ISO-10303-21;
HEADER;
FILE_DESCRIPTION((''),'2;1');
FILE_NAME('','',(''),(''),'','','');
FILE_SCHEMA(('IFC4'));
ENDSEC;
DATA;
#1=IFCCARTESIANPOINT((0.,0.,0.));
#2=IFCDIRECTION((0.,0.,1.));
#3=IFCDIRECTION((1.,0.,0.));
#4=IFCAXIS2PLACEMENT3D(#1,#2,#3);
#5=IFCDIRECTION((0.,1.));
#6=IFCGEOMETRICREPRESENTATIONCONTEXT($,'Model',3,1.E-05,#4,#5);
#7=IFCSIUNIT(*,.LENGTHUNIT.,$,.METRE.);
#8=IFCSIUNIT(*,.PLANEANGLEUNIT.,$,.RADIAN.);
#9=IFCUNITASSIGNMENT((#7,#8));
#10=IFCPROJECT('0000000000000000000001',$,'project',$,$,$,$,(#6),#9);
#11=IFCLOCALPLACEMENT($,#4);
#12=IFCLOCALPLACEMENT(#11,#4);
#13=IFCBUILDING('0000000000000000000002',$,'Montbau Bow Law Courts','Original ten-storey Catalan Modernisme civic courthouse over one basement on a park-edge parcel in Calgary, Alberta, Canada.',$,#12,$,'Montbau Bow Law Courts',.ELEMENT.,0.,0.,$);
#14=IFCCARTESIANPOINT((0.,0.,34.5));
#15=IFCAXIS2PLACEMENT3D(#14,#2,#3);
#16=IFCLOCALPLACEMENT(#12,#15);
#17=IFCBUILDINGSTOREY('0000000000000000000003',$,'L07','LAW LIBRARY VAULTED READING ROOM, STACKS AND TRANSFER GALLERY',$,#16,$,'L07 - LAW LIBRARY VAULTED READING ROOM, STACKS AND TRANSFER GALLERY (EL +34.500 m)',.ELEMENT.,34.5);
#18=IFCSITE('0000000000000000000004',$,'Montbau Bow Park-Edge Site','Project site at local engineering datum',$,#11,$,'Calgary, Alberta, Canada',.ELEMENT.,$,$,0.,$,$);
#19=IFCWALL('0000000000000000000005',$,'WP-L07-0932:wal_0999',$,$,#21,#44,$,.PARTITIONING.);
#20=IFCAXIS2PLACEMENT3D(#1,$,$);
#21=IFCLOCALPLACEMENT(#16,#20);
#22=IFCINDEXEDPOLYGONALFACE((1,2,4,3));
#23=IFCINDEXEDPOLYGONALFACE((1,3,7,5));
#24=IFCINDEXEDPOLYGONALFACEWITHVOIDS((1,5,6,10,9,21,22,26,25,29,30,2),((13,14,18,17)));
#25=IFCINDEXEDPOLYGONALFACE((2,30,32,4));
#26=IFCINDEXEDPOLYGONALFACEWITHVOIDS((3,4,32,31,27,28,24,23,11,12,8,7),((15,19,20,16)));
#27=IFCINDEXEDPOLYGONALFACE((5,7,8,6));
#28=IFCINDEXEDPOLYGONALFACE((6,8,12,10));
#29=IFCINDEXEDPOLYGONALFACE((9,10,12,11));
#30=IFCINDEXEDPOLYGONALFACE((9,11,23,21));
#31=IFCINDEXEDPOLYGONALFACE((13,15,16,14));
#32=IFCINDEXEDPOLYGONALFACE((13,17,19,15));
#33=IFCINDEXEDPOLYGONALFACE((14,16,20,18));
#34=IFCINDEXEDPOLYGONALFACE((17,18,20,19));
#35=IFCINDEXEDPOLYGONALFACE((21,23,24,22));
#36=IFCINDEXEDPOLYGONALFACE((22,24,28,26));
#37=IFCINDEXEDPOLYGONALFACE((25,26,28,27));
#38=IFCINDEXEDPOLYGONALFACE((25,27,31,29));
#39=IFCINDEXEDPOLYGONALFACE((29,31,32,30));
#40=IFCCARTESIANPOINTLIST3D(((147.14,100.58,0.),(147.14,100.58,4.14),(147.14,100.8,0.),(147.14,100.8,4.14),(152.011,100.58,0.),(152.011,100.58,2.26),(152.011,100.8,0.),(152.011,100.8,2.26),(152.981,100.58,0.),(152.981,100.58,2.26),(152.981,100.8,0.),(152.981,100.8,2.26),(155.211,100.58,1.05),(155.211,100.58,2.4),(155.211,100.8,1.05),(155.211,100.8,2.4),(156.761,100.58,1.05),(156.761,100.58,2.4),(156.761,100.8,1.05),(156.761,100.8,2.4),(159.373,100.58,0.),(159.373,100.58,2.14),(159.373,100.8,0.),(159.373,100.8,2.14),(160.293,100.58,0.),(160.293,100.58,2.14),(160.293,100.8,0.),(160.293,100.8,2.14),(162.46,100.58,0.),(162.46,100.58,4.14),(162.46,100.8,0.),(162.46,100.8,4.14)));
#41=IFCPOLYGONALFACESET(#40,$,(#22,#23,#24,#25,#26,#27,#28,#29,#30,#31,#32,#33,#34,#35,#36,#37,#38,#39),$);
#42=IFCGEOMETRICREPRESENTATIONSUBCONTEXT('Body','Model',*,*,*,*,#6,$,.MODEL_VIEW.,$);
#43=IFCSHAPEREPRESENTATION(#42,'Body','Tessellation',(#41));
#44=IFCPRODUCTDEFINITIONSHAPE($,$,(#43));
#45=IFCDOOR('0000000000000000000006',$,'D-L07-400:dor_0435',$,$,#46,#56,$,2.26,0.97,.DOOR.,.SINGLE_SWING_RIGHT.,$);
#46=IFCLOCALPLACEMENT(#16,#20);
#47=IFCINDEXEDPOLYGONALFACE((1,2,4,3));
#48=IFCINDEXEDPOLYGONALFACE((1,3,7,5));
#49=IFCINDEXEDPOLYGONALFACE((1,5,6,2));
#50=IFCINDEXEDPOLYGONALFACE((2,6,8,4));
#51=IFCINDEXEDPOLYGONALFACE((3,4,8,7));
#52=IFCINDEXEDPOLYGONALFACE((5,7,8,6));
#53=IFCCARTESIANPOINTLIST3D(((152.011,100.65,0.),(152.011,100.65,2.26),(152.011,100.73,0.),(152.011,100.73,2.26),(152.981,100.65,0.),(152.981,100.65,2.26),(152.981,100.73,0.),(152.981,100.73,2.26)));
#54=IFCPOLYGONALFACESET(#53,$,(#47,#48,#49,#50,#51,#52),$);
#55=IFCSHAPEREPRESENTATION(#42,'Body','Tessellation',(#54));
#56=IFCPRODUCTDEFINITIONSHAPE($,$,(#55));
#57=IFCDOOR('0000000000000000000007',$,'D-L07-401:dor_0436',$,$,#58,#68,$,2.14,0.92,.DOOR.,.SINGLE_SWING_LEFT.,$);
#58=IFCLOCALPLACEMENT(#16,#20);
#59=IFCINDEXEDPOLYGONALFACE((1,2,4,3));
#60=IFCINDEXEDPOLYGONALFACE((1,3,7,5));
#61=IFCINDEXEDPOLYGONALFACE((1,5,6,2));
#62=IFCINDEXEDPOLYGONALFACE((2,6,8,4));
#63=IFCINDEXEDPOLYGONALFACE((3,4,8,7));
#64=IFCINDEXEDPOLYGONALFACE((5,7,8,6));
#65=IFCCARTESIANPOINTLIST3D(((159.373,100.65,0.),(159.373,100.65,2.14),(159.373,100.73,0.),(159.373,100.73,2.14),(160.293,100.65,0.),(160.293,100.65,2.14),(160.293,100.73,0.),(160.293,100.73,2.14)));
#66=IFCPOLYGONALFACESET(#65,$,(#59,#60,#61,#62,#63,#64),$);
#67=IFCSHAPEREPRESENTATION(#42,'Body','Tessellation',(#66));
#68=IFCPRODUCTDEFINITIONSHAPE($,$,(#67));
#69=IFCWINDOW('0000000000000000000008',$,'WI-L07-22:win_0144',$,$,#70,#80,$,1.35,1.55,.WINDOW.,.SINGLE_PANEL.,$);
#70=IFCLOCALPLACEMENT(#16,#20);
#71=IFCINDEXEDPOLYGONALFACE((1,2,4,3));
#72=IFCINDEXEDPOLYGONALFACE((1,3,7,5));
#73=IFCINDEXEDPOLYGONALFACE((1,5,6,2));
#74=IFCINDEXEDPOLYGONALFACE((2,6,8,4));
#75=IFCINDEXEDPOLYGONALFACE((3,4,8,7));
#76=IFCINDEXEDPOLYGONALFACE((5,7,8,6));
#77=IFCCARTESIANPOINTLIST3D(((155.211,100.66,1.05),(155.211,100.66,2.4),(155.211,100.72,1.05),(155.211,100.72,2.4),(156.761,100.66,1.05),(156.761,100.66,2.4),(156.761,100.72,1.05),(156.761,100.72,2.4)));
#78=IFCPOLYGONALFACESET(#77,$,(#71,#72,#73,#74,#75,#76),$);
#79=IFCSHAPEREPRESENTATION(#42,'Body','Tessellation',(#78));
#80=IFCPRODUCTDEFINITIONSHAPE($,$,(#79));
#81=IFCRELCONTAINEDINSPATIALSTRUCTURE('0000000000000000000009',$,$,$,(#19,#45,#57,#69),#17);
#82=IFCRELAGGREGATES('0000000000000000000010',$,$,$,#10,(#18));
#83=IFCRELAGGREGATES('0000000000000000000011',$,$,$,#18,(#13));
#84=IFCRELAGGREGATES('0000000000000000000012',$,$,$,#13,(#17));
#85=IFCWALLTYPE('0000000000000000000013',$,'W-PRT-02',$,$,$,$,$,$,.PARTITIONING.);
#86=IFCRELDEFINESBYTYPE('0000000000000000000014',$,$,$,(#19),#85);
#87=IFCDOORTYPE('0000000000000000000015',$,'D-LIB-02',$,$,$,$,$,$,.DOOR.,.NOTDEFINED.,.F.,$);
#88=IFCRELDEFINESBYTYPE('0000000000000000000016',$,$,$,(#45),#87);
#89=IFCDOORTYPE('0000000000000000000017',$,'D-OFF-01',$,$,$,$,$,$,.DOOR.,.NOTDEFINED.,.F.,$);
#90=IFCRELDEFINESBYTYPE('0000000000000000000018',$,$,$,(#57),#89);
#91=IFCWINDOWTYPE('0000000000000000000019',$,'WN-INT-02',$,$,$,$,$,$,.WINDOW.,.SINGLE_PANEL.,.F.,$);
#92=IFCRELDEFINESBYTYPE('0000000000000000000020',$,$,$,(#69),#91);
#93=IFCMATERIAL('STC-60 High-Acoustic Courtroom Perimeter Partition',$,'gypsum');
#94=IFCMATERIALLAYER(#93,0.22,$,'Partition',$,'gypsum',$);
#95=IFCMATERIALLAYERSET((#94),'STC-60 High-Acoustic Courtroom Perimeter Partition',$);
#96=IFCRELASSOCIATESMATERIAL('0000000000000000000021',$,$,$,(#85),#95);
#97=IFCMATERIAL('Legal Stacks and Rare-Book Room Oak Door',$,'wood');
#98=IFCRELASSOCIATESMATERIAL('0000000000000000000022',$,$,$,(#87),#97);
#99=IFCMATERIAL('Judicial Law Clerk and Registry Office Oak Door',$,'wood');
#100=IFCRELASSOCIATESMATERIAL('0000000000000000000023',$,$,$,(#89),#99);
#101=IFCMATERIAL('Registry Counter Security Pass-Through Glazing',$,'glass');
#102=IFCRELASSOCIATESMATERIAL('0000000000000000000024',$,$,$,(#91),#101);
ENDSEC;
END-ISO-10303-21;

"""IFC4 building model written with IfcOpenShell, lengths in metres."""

from ifc_helpers import new_model, si_unit, direction, frame, frame_2d, origin_with_axes, place, context, subcontext, project, spatial, rectangle, extrude, material, layer, layer_set, type_object, element, fill, save


model = new_model("IFC4")

# Units and contexts
model_context = context("Model", 3, precision=1e-05, world=origin_with_axes(), true_north=direction((0.0, 1.0)))
body_context = subcontext(model_context, "Body", "Model", "MODEL_VIEW")
ifc_project = project(units=[si_unit("LENGTHUNIT", "METRE"), si_unit("PLANEANGLEUNIT", "RADIAN")], contexts=[model_context])

# Site, building, storey
site_placement = place(None, origin_with_axes())
site = spatial("IfcSite", under=ifc_project, at=site_placement, Name="Montbau Bow Park-Edge Site", Description="Project site at local engineering datum", LongName="Calgary, Alberta, Canada", CompositionType="ELEMENT", RefElevation=0.0)
building_placement = place(site_placement, origin_with_axes())
building = spatial("IfcBuilding", under=site, at=building_placement, Name="Montbau Bow Law Courts", Description="Original ten-storey Catalan Modernisme civic courthouse over one basement on a park-edge parcel in Calgary, Alberta, Canada.", LongName="Montbau Bow Law Courts", CompositionType="ELEMENT", ElevationOfRefHeight=0.0, ElevationOfTerrain=0.0)
storey_placement = place(building_placement, frame((0.0, 0.0, 34.5), z_axis=(0.0, 0.0, 1.0), x_axis=(1.0, 0.0, 0.0)))
storey = spatial("IfcBuildingStorey", under=building, at=storey_placement, Name="L07", Description="LAW LIBRARY VAULTED READING ROOM, STACKS AND TRANSFER GALLERY", LongName="L07 - LAW LIBRARY VAULTED READING ROOM, STACKS AND TRANSFER GALLERY (EL +34.500 m)", CompositionType="ELEMENT", Elevation=34.5)

# Wall, openings, doors, window
ifc_material_1 = material(Name="STC-60 High-Acoustic Courtroom Perimeter Partition", Category="gypsum")
ifc_layer_1 = layer(ifc_material_1, 0.22, Name="Partition", Category="gypsum")
ifc_layer_set_1 = layer_set([ifc_layer_1], Name="STC-60 High-Acoustic Courtroom Perimeter Partition")
wall_type_1 = type_object("IfcWallType", Name="W-PRT-02", PredefinedType="PARTITIONING", material=ifc_layer_set_1)
wall_1_placement = place(None, frame((147.14, 100.69, 34.5), z_axis=(0.0, 0.0, 1.0), x_axis=(1.0, 0.0, 0.0)))
wall_1 = element("IfcWall", 1, at=wall_1_placement, inside=storey, type_object=wall_type_1, Name="WP-L07-0932:wal_0999", PredefinedType="PARTITIONING", context=body_context, shape_type="SweptSolid", body=[
    extrude(rectangle(XDim=15.32, YDim=0.22, at=frame_2d((7.66, 0.0), x_axis=(1.0, 0.0))), origin_with_axes(), (0.0, 0.0, 1.0), 4.14),
])
opening_1_placement = place(None, frame((152.496, 100.69, 34.5), z_axis=(0.0, 0.0, 1.0), x_axis=(1.0, 0.0, 0.0)))
opening_1 = element("IfcOpeningElement", 2, at=opening_1_placement, cuts=wall_1, PredefinedType="OPENING", context=body_context, shape_type="SweptSolid", body=[
    extrude(rectangle(XDim=0.97, YDim=2.26, at=frame_2d((0.0, 1.13), x_axis=(1.0, 0.0))), frame((0.0, 0.12, 0.0), z_axis=(0.0, -1.0, 0.0), x_axis=(1.0, 0.0, 0.0)), (0.0, 0.0, 1.0), 0.24),
])
opening_2_placement = place(None, frame((159.833, 100.69, 34.5), z_axis=(0.0, 0.0, 1.0), x_axis=(1.0, 0.0, 0.0)))
opening_2 = element("IfcOpeningElement", 3, at=opening_2_placement, cuts=wall_1, PredefinedType="OPENING", context=body_context, shape_type="SweptSolid", body=[
    extrude(rectangle(XDim=0.92, YDim=2.14, at=frame_2d((0.0, 1.07), x_axis=(1.0, 0.0))), frame((0.0, 0.12, 0.0), z_axis=(0.0, -1.0, 0.0), x_axis=(1.0, 0.0, 0.0)), (0.0, 0.0, 1.0), 0.24),
])
opening_3_placement = place(None, frame((155.986, 100.69, 35.55), z_axis=(0.0, 0.0, 1.0), x_axis=(1.0, 0.0, 0.0)))
opening_3 = element("IfcOpeningElement", 4, at=opening_3_placement, cuts=wall_1, PredefinedType="OPENING", context=body_context, shape_type="SweptSolid", body=[
    extrude(rectangle(XDim=1.55, YDim=1.35, at=frame_2d((0.0, 0.675), x_axis=(1.0, 0.0))), frame((0.0, 0.12, 0.0), z_axis=(0.0, -1.0, 0.0), x_axis=(1.0, 0.0, 0.0)), (0.0, 0.0, 1.0), 0.24),
])
ifc_material_2 = material(Name="Legal Stacks and Rare-Book Room Oak Door", Category="wood")
door_type_1 = type_object("IfcDoorType", Name="D-LIB-02", OperationType="NOTDEFINED", ParameterTakesPrecedence=False, PredefinedType="DOOR", material=ifc_material_2)
door_1_placement = place(None, frame((152.496, 100.69, 34.5), z_axis=(0.0, 0.0, 1.0), x_axis=(-1.0, 0.0, 0.0)))
door_1 = element("IfcDoor", 5, at=door_1_placement, inside=storey, type_object=door_type_1, Name="D-L07-400:dor_0435", OperationType="SINGLE_SWING_RIGHT", OverallHeight=2.26, OverallWidth=0.97, PredefinedType="DOOR", context=body_context, shape_type="SweptSolid", body=[
    extrude(rectangle(XDim=0.97, YDim=2.26, at=frame_2d((0.0, 1.13), x_axis=(1.0, 0.0))), frame((0.0, 0.04, 0.0), z_axis=(0.0, -1.0, 0.0), x_axis=(1.0, 0.0, 0.0)), (0.0, 0.0, 1.0), 0.08),
])
fill(opening_1, door_1)
ifc_material_3 = material(Name="Judicial Law Clerk and Registry Office Oak Door", Category="wood")
door_type_2 = type_object("IfcDoorType", Name="D-OFF-01", OperationType="NOTDEFINED", ParameterTakesPrecedence=False, PredefinedType="DOOR", material=ifc_material_3)
door_2_placement = place(None, frame((159.833, 100.69, 34.5), z_axis=(0.0, 0.0, 1.0), x_axis=(-1.0, 0.0, 0.0)))
door_2 = element("IfcDoor", 6, at=door_2_placement, inside=storey, type_object=door_type_2, Name="D-L07-401:dor_0436", OperationType="SINGLE_SWING_LEFT", OverallHeight=2.14, OverallWidth=0.92, PredefinedType="DOOR", context=body_context, shape_type="SweptSolid", body=[
    extrude(rectangle(XDim=0.92, YDim=2.14, at=frame_2d((0.0, 1.07), x_axis=(1.0, 0.0))), frame((0.0, 0.04, 0.0), z_axis=(0.0, -1.0, 0.0), x_axis=(1.0, 0.0, 0.0)), (0.0, 0.0, 1.0), 0.08),
])
fill(opening_2, door_2)
ifc_material_4 = material(Name="Registry Counter Security Pass-Through Glazing", Category="glass")
window_type = type_object("IfcWindowType", Name="WN-INT-02", ParameterTakesPrecedence=False, PartitioningType="SINGLE_PANEL", PredefinedType="WINDOW", material=ifc_material_4)
window_placement = place(None, frame((155.986, 100.69, 35.55), z_axis=(0.0, 0.0, 1.0), x_axis=(1.0, 0.0, 0.0)))
window = element("IfcWindow", 7, at=window_placement, inside=storey, type_object=window_type, Name="WI-L07-22:win_0144", OverallHeight=1.35, OverallWidth=1.55, PartitioningType="SINGLE_PANEL", PredefinedType="WINDOW", context=body_context, shape_type="SweptSolid", body=[
    extrude(rectangle(XDim=1.55, YDim=1.35, at=frame_2d((0.0, 0.675), x_axis=(1.0, 0.0))), frame((0.0, 0.03, 0.0), z_axis=(0.0, -1.0, 0.0), x_axis=(1.0, 0.0, 0.0)), (0.0, 0.0, 1.0), 0.06),
])
fill(opening_3, window)

save(model, "model.ifc")
